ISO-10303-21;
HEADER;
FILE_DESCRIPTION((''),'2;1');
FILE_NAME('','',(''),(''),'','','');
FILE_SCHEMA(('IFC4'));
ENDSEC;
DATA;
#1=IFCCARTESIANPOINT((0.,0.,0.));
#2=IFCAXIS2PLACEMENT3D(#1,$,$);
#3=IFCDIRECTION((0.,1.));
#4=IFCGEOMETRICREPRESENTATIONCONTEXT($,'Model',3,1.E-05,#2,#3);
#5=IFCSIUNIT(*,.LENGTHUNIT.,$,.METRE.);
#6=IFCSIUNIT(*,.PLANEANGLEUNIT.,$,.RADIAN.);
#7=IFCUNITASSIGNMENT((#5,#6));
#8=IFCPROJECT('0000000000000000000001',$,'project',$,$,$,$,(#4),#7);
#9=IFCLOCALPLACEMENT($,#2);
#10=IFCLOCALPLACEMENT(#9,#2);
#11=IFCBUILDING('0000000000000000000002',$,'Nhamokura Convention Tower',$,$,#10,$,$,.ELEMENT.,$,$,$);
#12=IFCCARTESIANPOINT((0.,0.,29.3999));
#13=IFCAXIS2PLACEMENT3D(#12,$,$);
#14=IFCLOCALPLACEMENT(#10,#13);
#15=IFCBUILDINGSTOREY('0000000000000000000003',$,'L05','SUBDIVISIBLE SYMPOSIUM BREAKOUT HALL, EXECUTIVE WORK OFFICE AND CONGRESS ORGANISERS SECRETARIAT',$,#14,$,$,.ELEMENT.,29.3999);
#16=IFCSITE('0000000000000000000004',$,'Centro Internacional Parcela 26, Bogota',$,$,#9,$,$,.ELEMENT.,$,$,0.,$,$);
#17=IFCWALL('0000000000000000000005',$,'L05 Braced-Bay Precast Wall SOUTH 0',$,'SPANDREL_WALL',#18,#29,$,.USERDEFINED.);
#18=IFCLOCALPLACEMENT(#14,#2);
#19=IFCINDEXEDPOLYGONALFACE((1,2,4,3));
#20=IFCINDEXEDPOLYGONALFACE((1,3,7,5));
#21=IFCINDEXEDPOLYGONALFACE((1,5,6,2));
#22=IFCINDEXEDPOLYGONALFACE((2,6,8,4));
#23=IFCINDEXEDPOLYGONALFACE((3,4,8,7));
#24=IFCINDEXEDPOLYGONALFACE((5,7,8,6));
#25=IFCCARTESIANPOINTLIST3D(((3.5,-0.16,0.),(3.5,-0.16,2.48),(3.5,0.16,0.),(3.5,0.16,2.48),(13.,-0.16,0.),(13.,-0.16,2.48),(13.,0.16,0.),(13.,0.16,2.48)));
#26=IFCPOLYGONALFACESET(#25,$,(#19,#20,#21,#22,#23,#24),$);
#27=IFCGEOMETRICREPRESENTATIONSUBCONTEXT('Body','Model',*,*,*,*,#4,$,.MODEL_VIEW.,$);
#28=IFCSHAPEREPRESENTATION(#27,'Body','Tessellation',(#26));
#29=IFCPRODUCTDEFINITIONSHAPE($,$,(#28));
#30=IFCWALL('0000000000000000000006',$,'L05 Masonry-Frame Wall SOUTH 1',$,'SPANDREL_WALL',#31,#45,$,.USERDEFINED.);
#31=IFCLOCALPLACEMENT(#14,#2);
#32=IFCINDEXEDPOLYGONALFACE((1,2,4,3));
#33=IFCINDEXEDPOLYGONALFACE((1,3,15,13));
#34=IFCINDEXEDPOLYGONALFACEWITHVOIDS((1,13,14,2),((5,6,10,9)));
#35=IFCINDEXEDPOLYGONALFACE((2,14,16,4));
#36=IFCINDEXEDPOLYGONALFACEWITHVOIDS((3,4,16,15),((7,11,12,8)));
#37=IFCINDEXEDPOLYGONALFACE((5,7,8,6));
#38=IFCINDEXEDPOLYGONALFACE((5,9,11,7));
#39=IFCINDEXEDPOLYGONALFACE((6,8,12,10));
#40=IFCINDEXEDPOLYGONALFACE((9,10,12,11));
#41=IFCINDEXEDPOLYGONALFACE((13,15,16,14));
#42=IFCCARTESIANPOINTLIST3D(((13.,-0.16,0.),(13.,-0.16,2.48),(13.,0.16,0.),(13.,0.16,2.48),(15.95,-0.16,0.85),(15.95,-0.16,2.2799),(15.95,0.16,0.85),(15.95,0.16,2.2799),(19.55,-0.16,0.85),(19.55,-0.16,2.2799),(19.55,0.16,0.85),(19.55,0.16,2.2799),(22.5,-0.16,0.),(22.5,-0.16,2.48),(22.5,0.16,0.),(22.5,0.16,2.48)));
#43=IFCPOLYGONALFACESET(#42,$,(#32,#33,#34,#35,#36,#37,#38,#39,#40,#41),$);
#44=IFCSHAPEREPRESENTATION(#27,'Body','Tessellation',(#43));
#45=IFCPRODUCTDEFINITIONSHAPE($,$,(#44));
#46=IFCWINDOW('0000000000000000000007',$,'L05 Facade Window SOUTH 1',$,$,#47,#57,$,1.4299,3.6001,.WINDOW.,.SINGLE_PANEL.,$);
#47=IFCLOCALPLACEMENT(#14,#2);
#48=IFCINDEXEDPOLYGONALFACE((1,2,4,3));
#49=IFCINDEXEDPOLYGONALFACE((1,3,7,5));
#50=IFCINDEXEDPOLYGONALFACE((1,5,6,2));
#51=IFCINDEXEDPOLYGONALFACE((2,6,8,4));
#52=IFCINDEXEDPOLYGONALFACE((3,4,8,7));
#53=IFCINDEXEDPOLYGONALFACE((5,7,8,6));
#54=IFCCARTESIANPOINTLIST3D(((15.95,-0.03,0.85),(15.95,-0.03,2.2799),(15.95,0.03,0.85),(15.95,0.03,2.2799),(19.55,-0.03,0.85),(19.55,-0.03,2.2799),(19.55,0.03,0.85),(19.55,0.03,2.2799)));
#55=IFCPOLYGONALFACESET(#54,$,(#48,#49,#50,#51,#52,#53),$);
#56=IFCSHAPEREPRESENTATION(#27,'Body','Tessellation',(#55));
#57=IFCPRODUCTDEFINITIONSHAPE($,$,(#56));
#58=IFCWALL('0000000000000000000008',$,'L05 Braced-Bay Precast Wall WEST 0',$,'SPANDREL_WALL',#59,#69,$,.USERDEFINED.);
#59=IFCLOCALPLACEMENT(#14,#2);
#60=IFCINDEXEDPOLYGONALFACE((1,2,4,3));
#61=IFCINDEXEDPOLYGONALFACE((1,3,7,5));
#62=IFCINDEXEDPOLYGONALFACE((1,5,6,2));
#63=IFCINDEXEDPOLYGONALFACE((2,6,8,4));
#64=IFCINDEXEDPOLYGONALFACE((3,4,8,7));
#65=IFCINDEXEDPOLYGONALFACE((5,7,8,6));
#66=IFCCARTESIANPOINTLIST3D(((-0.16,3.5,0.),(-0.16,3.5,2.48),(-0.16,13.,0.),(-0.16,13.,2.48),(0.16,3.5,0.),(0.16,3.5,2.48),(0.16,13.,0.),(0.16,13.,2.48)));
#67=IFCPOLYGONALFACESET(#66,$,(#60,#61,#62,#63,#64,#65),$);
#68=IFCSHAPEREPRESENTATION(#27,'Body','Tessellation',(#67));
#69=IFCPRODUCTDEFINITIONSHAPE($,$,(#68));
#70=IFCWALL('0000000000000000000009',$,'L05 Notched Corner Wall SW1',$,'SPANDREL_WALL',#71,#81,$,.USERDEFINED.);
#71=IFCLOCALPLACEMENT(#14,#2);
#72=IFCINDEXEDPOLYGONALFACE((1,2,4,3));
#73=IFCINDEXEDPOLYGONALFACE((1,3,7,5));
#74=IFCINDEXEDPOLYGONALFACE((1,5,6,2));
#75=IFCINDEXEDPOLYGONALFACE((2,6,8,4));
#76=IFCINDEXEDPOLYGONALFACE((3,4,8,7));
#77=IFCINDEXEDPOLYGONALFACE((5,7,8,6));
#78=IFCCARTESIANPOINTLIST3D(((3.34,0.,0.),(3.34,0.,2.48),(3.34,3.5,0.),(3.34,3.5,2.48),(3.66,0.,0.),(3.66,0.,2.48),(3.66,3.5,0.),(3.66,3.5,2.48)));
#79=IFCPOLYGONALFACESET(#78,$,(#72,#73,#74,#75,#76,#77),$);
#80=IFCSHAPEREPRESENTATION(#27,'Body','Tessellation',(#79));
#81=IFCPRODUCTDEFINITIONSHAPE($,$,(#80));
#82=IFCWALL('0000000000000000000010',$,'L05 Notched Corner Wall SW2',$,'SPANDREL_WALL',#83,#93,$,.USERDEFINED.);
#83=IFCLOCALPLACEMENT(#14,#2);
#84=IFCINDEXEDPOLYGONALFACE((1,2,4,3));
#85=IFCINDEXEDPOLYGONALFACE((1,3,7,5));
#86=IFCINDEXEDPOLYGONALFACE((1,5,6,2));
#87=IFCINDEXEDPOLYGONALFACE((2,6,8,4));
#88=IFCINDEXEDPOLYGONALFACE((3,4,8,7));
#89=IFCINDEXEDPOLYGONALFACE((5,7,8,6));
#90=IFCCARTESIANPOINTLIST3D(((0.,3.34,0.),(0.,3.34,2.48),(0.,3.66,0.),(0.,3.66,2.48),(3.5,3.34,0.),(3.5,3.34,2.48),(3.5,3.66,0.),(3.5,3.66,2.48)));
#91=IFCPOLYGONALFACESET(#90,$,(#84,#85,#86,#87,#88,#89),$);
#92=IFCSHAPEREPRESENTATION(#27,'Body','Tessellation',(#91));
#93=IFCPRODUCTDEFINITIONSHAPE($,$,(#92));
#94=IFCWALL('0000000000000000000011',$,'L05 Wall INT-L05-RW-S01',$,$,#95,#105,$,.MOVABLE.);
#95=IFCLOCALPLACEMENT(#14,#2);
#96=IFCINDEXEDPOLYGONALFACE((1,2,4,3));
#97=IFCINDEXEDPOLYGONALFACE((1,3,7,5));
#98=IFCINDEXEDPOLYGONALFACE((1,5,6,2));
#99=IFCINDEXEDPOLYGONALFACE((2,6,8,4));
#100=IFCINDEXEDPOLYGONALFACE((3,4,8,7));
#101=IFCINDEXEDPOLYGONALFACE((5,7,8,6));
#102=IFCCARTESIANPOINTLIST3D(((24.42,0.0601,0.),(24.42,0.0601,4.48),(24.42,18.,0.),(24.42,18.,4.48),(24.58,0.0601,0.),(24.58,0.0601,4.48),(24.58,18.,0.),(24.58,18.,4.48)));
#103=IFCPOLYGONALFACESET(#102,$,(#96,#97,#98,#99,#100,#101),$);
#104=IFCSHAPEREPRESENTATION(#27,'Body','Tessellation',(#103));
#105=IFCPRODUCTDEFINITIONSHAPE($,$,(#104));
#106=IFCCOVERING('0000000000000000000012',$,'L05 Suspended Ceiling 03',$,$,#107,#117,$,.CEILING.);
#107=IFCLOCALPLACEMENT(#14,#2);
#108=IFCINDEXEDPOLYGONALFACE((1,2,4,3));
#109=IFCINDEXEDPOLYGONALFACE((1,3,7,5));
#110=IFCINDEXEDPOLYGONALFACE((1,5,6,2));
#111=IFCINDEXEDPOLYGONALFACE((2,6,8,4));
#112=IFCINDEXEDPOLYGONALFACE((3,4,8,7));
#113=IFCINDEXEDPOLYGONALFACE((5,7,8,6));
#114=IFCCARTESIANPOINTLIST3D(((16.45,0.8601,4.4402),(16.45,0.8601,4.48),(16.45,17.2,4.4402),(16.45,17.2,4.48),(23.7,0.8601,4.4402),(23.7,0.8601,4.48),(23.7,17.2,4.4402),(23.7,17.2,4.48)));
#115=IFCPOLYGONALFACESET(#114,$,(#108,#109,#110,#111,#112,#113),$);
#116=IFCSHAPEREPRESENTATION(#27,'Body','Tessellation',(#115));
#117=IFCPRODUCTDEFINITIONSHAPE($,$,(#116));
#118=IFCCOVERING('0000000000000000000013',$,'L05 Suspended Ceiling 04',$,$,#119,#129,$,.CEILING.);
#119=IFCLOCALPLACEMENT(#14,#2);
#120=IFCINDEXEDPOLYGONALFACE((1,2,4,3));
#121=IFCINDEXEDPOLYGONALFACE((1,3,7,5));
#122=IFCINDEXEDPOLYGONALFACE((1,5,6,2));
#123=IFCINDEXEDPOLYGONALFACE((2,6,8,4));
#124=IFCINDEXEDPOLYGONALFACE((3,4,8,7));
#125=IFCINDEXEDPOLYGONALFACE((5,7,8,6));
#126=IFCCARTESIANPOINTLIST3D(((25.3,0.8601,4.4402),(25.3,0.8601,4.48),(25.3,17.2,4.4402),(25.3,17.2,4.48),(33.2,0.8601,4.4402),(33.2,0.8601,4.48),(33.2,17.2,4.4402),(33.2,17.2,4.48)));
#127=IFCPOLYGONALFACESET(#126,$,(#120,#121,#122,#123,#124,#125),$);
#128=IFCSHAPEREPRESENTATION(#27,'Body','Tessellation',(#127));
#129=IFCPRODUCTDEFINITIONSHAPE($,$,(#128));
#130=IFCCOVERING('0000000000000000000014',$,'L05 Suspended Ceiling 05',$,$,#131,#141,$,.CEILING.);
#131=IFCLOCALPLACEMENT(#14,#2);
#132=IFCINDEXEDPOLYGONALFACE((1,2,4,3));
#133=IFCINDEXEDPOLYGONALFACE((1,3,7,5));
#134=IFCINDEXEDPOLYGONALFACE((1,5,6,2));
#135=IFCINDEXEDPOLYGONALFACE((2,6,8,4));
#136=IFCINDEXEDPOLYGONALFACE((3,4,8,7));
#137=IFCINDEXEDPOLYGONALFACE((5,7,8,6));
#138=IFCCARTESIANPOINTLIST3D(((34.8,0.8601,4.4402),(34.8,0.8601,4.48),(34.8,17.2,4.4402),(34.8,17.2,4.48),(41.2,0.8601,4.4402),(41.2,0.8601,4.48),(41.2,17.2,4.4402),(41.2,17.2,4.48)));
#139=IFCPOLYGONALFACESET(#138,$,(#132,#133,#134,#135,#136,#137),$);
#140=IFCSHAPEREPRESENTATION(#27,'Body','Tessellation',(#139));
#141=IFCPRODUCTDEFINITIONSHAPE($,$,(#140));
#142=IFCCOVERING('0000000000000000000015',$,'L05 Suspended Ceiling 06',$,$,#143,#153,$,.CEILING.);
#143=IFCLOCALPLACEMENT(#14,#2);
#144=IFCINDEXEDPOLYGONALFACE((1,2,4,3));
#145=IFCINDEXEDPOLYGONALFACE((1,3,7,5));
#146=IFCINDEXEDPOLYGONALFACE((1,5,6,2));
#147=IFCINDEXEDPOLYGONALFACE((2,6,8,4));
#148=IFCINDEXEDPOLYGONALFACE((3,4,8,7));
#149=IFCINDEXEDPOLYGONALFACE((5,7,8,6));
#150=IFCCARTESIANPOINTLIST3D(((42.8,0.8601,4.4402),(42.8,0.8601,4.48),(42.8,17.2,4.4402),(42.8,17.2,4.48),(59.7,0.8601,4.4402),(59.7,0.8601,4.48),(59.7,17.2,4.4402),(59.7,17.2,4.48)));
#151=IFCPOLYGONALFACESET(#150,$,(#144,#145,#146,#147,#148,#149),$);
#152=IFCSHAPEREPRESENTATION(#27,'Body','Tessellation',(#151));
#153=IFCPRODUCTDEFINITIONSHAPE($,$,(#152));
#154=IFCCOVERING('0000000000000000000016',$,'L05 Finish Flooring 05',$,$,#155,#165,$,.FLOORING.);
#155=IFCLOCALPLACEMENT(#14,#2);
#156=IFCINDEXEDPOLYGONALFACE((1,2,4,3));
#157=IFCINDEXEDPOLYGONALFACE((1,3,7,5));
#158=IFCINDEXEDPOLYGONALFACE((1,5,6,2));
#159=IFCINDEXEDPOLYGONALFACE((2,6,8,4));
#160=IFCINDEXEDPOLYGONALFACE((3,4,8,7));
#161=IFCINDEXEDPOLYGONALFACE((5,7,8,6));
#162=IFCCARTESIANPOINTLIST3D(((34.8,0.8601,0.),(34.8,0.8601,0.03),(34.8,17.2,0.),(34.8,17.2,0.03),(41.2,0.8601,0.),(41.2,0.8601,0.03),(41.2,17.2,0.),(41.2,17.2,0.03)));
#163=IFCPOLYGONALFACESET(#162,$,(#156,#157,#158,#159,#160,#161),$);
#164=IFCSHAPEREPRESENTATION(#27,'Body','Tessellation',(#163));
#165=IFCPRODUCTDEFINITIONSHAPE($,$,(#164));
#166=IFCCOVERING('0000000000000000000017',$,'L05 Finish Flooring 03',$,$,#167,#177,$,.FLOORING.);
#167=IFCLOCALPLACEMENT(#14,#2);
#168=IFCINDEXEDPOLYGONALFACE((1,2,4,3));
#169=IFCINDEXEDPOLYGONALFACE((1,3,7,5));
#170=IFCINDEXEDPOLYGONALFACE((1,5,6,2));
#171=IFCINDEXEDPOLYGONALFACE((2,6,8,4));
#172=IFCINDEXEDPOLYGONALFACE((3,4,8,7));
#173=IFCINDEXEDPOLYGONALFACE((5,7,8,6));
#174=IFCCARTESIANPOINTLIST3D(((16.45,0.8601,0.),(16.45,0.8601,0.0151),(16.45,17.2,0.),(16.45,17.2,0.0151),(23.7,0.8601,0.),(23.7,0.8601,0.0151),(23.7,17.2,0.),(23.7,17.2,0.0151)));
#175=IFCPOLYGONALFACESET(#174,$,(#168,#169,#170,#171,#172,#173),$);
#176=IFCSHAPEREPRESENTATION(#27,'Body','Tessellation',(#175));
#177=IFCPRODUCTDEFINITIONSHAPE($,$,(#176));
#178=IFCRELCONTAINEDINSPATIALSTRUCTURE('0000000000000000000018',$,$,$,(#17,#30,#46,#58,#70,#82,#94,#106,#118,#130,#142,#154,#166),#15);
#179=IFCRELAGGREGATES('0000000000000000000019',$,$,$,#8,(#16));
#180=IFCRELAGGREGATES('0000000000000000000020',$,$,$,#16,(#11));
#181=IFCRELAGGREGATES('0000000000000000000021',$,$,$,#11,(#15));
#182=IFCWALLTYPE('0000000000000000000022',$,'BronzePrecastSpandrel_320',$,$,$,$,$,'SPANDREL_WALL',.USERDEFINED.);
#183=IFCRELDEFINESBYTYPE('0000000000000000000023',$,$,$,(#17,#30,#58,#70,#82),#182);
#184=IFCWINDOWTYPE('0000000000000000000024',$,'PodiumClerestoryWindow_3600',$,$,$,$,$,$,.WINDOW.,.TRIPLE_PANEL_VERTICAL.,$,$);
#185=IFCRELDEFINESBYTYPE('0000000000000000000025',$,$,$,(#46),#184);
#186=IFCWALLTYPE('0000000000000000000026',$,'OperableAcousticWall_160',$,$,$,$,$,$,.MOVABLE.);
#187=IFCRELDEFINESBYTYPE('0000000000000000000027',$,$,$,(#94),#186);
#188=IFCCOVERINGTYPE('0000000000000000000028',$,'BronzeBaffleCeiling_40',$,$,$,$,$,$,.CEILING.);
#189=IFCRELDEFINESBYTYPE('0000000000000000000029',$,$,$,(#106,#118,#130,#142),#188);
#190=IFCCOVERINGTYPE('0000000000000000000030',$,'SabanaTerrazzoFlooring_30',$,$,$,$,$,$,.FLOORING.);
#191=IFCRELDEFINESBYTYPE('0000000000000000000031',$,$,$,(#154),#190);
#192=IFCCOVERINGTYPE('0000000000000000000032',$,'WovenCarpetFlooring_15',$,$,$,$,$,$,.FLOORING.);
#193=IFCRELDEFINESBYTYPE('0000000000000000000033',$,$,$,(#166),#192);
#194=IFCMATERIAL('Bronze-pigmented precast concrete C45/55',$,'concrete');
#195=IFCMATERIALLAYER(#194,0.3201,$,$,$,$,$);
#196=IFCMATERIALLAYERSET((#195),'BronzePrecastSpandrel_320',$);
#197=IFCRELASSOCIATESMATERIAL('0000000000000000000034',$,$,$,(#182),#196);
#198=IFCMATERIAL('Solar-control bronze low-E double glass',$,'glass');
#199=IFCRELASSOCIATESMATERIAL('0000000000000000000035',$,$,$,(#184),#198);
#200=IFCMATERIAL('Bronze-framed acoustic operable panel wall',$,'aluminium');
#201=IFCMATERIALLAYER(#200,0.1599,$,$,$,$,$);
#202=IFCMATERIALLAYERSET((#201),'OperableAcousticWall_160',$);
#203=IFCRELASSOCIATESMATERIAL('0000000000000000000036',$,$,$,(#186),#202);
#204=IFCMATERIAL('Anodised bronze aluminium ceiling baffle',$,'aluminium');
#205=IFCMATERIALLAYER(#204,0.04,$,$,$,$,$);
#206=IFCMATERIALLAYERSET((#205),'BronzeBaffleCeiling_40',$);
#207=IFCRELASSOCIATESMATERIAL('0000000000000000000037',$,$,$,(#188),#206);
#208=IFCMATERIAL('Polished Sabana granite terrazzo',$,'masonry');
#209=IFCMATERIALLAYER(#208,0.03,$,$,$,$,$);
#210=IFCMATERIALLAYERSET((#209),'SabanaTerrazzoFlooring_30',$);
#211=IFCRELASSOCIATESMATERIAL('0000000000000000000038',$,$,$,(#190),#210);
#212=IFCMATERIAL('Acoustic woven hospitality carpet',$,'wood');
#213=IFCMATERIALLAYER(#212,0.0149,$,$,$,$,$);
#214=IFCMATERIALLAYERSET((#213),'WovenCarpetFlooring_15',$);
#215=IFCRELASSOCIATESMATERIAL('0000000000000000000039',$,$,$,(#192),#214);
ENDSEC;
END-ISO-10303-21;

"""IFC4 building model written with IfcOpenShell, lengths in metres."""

from ifc_helpers import new_model, si_unit, direction, frame, frame_2d, origin, place, context, subcontext, project, spatial, polyline, rectangle, outline, extrude, material, layer, layer_set, type_object, element, fill, save


model = new_model("IFC4")

# Units and contexts
model_context = context("Model", 3, precision=1e-05, world=origin(), true_north=direction((0.0, 1.0)))
body_context = subcontext(model_context, "Body", "Model", "MODEL_VIEW")
ifc_project = project(units=[si_unit("LENGTHUNIT", "METRE"), si_unit("PLANEANGLEUNIT", "RADIAN")], contexts=[model_context])

# Site, building, storey
site_placement = place(None, origin())
site = spatial("IfcSite", under=ifc_project, at=site_placement, Name="Centro Internacional Parcela 26, Bogota", CompositionType="ELEMENT", RefElevation=0.0)
building_placement = place(site_placement, origin())
building = spatial("IfcBuilding", under=site, at=building_placement, Name="Nhamokura Convention Tower", CompositionType="ELEMENT")
storey_placement = place(building_placement, frame((0.0, 0.0, 29.3999)))
storey = spatial("IfcBuildingStorey", under=building, at=storey_placement, Name="L05", Description="SUBDIVISIBLE SYMPOSIUM BREAKOUT HALL, EXECUTIVE WORK OFFICE AND CONGRESS ORGANISERS SECRETARIAT", CompositionType="ELEMENT", Elevation=29.3999)

# Wall
ifc_material_1 = material(Name="Bronze-pigmented precast concrete C45/55", Category="concrete")
ifc_layer_1 = layer(ifc_material_1, 0.3201)
ifc_layer_set_1 = layer_set([ifc_layer_1], Name="BronzePrecastSpandrel_320")
wall_type_1 = type_object("IfcWallType", Name="BronzePrecastSpandrel_320", ElementType="SPANDREL_WALL", PredefinedType="USERDEFINED", material=ifc_layer_set_1)
wall_1_placement = place(storey_placement, frame((13.0, 0.0, 0.0), z_axis=(0.0, 0.0, 1.0), x_axis=(-1.0, 0.0, 0.0)))
element("IfcWall", 1, at=wall_1_placement, inside=storey, type_object=wall_type_1, Name="L05 Braced-Bay Precast Wall SOUTH 0", ObjectType="SPANDREL_WALL", PredefinedType="USERDEFINED", context=body_context, shape_type="SweptSolid", body=[
    extrude(rectangle(XDim=9.5, YDim=0.3201, at=frame_2d((4.75, 0.0))), origin(), (0.0, 0.0, 1.0), 2.48),
])

# Wall, opening, window
wall_2_placement = place(storey_placement, frame((22.5, 0.0, 0.0), z_axis=(0.0, 0.0, 1.0), x_axis=(-1.0, 0.0, 0.0)))
wall_2 = element("IfcWall", 2, at=wall_2_placement, inside=storey, type_object=wall_type_1, Name="L05 Masonry-Frame Wall SOUTH 1", ObjectType="SPANDREL_WALL", PredefinedType="USERDEFINED", context=body_context, shape_type="SweptSolid", body=[
    extrude(rectangle(XDim=9.5, YDim=0.3201, at=frame_2d((4.75, 0.0))), origin(), (0.0, 0.0, 1.0), 2.48),
])
opening_placement = place(wall_2_placement, frame((2.95, 0.0, 0.8501)))
opening = element("IfcOpeningElement", 3, at=opening_placement, cuts=wall_2, PredefinedType="OPENING", context=body_context, shape_type="SweptSolid", body=[
    extrude(rectangle(XDim=3.6001, YDim=1.4299, at=frame_2d((1.8, 0.7148))), frame((0.0, 0.1699, 0.0), z_axis=(0.0, -1.0, 0.0), x_axis=(1.0, 0.0, 0.0)), (0.0, 0.0, 1.0), 0.3401),
])
ifc_material_2 = material(Name="Solar-control bronze low-E double glass", Category="glass")
window_type = type_object("IfcWindowType", Name="PodiumClerestoryWindow_3600", PartitioningType="TRIPLE_PANEL_VERTICAL", PredefinedType="WINDOW", material=ifc_material_2)
window_placement = place(opening_placement, origin())
window = element("IfcWindow", 4, at=window_placement, inside=storey, type_object=window_type, Name="L05 Facade Window SOUTH 1", OverallHeight=1.4299, OverallWidth=3.6001, PartitioningType="SINGLE_PANEL", PredefinedType="WINDOW", context=body_context, shape_type="SweptSolid", body=[
    extrude(rectangle(XDim=3.6001, YDim=1.4299, at=frame_2d((1.8, 0.7148))), frame((0.0, 0.03, 0.0), z_axis=(0.0, -1.0, 0.0), x_axis=(1.0, 0.0, 0.0)), (0.0, 0.0, 1.0), 0.0601),
])
fill(opening, window)

# Walls
wall_3_placement = place(storey_placement, frame((0.0, 3.5, 0.0), z_axis=(0.0, 0.0, 1.0), x_axis=(0.0, 1.0, 0.0)))
element("IfcWall", 5, at=wall_3_placement, inside=storey, type_object=wall_type_1, Name="L05 Braced-Bay Precast Wall WEST 0", ObjectType="SPANDREL_WALL", PredefinedType="USERDEFINED", context=body_context, shape_type="SweptSolid", body=[
    extrude(rectangle(XDim=9.5, YDim=0.3201, at=frame_2d((4.75, 0.0))), origin(), (0.0, 0.0, 1.0), 2.48),
])
for number, where, z_axis, x_axis, name in (
    (6, (3.5, 0.0, 0.0), (0.0, 0.0, 1.0), (0.0, 1.0, 0.0), "L05 Notched Corner Wall SW1"),
    (7, (3.5, 3.5, 0.0), (0.0, 0.0, 1.0), (-1.0, 0.0, 0.0), "L05 Notched Corner Wall SW2"),
):
    element("IfcWall", number, at=place(storey_placement, frame(where, z_axis=z_axis, x_axis=x_axis)), inside=storey, type_object=wall_type_1, Name=name, ObjectType="SPANDREL_WALL", PredefinedType="USERDEFINED", context=body_context, shape_type="SweptSolid", body=[
        extrude(rectangle(XDim=3.5, YDim=0.3201, at=frame_2d((1.75, 0.0))), origin(), (0.0, 0.0, 1.0), 2.48),
    ])
ifc_material_3 = material(Name="Bronze-framed acoustic operable panel wall", Category="aluminium")
ifc_layer_2 = layer(ifc_material_3, 0.1599)
ifc_layer_set_2 = layer_set([ifc_layer_2], Name="OperableAcousticWall_160")
wall_type_2 = type_object("IfcWallType", Name="OperableAcousticWall_160", PredefinedType="MOVABLE", material=ifc_layer_set_2)
wall_4_placement = place(storey_placement, frame((24.5, 0.0601, 0.0), z_axis=(0.0, 0.0, 1.0), x_axis=(0.0, 1.0, 0.0)))
element("IfcWall", 8, at=wall_4_placement, inside=storey, type_object=wall_type_2, Name="L05 Wall INT-L05-RW-S01", PredefinedType="MOVABLE", context=body_context, shape_type="SweptSolid", body=[
    extrude(rectangle(XDim=17.9399, YDim=0.1599, at=frame_2d((8.97, 0.0))), origin(), (0.0, 0.0, 1.0), 4.48),
])

# Coverings
ifc_material_4 = material(Name="Anodised bronze aluminium ceiling baffle", Category="aluminium")
ifc_layer_3 = layer(ifc_material_4, 0.04)
ifc_layer_set_3 = layer_set([ifc_layer_3], Name="BronzeBaffleCeiling_40")
covering_type_1 = type_object("IfcCoveringType", Name="BronzeBaffleCeiling_40", PredefinedType="CEILING", material=ifc_layer_set_3)
covering_1_placement = place(storey_placement, frame((0.0, 0.0, 4.4402)))
element("IfcCovering", 9, at=covering_1_placement, inside=storey, type_object=covering_type_1, Name="L05 Suspended Ceiling 03", PredefinedType="CEILING", context=body_context, shape_type="SweptSolid", body=[
    extrude(outline(polyline([(16.45, 0.8601), (23.7, 0.8601), (23.7, 17.2), (16.45, 17.2), (16.45, 0.8601)])), origin(), (0.0, 0.0, 1.0), 0.0398),
])
covering_2_placement = place(storey_placement, frame((0.0, 0.0, 4.4402)))
element("IfcCovering", 10, at=covering_2_placement, inside=storey, type_object=covering_type_1, Name="L05 Suspended Ceiling 04", PredefinedType="CEILING", context=body_context, shape_type="SweptSolid", body=[
    extrude(outline(polyline([(25.3, 0.8601), (33.2, 0.8601), (33.2, 17.2), (25.3, 17.2), (25.3, 0.8601)])), origin(), (0.0, 0.0, 1.0), 0.0398),
])
covering_3_placement = place(storey_placement, frame((0.0, 0.0, 4.4402)))
element("IfcCovering", 11, at=covering_3_placement, inside=storey, type_object=covering_type_1, Name="L05 Suspended Ceiling 05", PredefinedType="CEILING", context=body_context, shape_type="SweptSolid", body=[
    extrude(outline(polyline([(34.8, 0.8601), (41.2, 0.8601), (41.2, 17.2), (34.8, 17.2), (34.8, 0.8601)])), origin(), (0.0, 0.0, 1.0), 0.0398),
])
covering_4_placement = place(storey_placement, frame((0.0, 0.0, 4.4402)))
element("IfcCovering", 12, at=covering_4_placement, inside=storey, type_object=covering_type_1, Name="L05 Suspended Ceiling 06", PredefinedType="CEILING", context=body_context, shape_type="SweptSolid", body=[
    extrude(outline(polyline([(42.8, 0.8601), (59.7, 0.8601), (59.7, 17.2), (42.8, 17.2), (42.8, 0.8601)])), origin(), (0.0, 0.0, 1.0), 0.0398),
])
ifc_material_5 = material(Name="Polished Sabana granite terrazzo", Category="masonry")
ifc_layer_4 = layer(ifc_material_5, 0.03)
ifc_layer_set_4 = layer_set([ifc_layer_4], Name="SabanaTerrazzoFlooring_30")
covering_type_2 = type_object("IfcCoveringType", Name="SabanaTerrazzoFlooring_30", PredefinedType="FLOORING", material=ifc_layer_set_4)
covering_5_placement = place(storey_placement, origin())
element("IfcCovering", 13, at=covering_5_placement, inside=storey, type_object=covering_type_2, Name="L05 Finish Flooring 05", PredefinedType="FLOORING", context=body_context, shape_type="SweptSolid", body=[
    extrude(outline(polyline([(34.8, 0.8601), (41.2, 0.8601), (41.2, 17.2), (34.8, 17.2), (34.8, 0.8601)])), origin(), (0.0, 0.0, 1.0), 0.03),
])
ifc_material_6 = material(Name="Acoustic woven hospitality carpet", Category="wood")
ifc_layer_5 = layer(ifc_material_6, 0.0149)
ifc_layer_set_5 = layer_set([ifc_layer_5], Name="WovenCarpetFlooring_15")
covering_type_3 = type_object("IfcCoveringType", Name="WovenCarpetFlooring_15", PredefinedType="FLOORING", material=ifc_layer_set_5)
covering_6_placement = place(storey_placement, origin())
element("IfcCovering", 14, at=covering_6_placement, inside=storey, type_object=covering_type_3, Name="L05 Finish Flooring 03", PredefinedType="FLOORING", context=body_context, shape_type="SweptSolid", body=[
    extrude(outline(polyline([(16.45, 0.8601), (23.7, 0.8601), (23.7, 17.2), (16.45, 17.2), (16.45, 0.8601)])), origin(), (0.0, 0.0, 1.0), 0.0151),
])

save(model, "model.ifc")
